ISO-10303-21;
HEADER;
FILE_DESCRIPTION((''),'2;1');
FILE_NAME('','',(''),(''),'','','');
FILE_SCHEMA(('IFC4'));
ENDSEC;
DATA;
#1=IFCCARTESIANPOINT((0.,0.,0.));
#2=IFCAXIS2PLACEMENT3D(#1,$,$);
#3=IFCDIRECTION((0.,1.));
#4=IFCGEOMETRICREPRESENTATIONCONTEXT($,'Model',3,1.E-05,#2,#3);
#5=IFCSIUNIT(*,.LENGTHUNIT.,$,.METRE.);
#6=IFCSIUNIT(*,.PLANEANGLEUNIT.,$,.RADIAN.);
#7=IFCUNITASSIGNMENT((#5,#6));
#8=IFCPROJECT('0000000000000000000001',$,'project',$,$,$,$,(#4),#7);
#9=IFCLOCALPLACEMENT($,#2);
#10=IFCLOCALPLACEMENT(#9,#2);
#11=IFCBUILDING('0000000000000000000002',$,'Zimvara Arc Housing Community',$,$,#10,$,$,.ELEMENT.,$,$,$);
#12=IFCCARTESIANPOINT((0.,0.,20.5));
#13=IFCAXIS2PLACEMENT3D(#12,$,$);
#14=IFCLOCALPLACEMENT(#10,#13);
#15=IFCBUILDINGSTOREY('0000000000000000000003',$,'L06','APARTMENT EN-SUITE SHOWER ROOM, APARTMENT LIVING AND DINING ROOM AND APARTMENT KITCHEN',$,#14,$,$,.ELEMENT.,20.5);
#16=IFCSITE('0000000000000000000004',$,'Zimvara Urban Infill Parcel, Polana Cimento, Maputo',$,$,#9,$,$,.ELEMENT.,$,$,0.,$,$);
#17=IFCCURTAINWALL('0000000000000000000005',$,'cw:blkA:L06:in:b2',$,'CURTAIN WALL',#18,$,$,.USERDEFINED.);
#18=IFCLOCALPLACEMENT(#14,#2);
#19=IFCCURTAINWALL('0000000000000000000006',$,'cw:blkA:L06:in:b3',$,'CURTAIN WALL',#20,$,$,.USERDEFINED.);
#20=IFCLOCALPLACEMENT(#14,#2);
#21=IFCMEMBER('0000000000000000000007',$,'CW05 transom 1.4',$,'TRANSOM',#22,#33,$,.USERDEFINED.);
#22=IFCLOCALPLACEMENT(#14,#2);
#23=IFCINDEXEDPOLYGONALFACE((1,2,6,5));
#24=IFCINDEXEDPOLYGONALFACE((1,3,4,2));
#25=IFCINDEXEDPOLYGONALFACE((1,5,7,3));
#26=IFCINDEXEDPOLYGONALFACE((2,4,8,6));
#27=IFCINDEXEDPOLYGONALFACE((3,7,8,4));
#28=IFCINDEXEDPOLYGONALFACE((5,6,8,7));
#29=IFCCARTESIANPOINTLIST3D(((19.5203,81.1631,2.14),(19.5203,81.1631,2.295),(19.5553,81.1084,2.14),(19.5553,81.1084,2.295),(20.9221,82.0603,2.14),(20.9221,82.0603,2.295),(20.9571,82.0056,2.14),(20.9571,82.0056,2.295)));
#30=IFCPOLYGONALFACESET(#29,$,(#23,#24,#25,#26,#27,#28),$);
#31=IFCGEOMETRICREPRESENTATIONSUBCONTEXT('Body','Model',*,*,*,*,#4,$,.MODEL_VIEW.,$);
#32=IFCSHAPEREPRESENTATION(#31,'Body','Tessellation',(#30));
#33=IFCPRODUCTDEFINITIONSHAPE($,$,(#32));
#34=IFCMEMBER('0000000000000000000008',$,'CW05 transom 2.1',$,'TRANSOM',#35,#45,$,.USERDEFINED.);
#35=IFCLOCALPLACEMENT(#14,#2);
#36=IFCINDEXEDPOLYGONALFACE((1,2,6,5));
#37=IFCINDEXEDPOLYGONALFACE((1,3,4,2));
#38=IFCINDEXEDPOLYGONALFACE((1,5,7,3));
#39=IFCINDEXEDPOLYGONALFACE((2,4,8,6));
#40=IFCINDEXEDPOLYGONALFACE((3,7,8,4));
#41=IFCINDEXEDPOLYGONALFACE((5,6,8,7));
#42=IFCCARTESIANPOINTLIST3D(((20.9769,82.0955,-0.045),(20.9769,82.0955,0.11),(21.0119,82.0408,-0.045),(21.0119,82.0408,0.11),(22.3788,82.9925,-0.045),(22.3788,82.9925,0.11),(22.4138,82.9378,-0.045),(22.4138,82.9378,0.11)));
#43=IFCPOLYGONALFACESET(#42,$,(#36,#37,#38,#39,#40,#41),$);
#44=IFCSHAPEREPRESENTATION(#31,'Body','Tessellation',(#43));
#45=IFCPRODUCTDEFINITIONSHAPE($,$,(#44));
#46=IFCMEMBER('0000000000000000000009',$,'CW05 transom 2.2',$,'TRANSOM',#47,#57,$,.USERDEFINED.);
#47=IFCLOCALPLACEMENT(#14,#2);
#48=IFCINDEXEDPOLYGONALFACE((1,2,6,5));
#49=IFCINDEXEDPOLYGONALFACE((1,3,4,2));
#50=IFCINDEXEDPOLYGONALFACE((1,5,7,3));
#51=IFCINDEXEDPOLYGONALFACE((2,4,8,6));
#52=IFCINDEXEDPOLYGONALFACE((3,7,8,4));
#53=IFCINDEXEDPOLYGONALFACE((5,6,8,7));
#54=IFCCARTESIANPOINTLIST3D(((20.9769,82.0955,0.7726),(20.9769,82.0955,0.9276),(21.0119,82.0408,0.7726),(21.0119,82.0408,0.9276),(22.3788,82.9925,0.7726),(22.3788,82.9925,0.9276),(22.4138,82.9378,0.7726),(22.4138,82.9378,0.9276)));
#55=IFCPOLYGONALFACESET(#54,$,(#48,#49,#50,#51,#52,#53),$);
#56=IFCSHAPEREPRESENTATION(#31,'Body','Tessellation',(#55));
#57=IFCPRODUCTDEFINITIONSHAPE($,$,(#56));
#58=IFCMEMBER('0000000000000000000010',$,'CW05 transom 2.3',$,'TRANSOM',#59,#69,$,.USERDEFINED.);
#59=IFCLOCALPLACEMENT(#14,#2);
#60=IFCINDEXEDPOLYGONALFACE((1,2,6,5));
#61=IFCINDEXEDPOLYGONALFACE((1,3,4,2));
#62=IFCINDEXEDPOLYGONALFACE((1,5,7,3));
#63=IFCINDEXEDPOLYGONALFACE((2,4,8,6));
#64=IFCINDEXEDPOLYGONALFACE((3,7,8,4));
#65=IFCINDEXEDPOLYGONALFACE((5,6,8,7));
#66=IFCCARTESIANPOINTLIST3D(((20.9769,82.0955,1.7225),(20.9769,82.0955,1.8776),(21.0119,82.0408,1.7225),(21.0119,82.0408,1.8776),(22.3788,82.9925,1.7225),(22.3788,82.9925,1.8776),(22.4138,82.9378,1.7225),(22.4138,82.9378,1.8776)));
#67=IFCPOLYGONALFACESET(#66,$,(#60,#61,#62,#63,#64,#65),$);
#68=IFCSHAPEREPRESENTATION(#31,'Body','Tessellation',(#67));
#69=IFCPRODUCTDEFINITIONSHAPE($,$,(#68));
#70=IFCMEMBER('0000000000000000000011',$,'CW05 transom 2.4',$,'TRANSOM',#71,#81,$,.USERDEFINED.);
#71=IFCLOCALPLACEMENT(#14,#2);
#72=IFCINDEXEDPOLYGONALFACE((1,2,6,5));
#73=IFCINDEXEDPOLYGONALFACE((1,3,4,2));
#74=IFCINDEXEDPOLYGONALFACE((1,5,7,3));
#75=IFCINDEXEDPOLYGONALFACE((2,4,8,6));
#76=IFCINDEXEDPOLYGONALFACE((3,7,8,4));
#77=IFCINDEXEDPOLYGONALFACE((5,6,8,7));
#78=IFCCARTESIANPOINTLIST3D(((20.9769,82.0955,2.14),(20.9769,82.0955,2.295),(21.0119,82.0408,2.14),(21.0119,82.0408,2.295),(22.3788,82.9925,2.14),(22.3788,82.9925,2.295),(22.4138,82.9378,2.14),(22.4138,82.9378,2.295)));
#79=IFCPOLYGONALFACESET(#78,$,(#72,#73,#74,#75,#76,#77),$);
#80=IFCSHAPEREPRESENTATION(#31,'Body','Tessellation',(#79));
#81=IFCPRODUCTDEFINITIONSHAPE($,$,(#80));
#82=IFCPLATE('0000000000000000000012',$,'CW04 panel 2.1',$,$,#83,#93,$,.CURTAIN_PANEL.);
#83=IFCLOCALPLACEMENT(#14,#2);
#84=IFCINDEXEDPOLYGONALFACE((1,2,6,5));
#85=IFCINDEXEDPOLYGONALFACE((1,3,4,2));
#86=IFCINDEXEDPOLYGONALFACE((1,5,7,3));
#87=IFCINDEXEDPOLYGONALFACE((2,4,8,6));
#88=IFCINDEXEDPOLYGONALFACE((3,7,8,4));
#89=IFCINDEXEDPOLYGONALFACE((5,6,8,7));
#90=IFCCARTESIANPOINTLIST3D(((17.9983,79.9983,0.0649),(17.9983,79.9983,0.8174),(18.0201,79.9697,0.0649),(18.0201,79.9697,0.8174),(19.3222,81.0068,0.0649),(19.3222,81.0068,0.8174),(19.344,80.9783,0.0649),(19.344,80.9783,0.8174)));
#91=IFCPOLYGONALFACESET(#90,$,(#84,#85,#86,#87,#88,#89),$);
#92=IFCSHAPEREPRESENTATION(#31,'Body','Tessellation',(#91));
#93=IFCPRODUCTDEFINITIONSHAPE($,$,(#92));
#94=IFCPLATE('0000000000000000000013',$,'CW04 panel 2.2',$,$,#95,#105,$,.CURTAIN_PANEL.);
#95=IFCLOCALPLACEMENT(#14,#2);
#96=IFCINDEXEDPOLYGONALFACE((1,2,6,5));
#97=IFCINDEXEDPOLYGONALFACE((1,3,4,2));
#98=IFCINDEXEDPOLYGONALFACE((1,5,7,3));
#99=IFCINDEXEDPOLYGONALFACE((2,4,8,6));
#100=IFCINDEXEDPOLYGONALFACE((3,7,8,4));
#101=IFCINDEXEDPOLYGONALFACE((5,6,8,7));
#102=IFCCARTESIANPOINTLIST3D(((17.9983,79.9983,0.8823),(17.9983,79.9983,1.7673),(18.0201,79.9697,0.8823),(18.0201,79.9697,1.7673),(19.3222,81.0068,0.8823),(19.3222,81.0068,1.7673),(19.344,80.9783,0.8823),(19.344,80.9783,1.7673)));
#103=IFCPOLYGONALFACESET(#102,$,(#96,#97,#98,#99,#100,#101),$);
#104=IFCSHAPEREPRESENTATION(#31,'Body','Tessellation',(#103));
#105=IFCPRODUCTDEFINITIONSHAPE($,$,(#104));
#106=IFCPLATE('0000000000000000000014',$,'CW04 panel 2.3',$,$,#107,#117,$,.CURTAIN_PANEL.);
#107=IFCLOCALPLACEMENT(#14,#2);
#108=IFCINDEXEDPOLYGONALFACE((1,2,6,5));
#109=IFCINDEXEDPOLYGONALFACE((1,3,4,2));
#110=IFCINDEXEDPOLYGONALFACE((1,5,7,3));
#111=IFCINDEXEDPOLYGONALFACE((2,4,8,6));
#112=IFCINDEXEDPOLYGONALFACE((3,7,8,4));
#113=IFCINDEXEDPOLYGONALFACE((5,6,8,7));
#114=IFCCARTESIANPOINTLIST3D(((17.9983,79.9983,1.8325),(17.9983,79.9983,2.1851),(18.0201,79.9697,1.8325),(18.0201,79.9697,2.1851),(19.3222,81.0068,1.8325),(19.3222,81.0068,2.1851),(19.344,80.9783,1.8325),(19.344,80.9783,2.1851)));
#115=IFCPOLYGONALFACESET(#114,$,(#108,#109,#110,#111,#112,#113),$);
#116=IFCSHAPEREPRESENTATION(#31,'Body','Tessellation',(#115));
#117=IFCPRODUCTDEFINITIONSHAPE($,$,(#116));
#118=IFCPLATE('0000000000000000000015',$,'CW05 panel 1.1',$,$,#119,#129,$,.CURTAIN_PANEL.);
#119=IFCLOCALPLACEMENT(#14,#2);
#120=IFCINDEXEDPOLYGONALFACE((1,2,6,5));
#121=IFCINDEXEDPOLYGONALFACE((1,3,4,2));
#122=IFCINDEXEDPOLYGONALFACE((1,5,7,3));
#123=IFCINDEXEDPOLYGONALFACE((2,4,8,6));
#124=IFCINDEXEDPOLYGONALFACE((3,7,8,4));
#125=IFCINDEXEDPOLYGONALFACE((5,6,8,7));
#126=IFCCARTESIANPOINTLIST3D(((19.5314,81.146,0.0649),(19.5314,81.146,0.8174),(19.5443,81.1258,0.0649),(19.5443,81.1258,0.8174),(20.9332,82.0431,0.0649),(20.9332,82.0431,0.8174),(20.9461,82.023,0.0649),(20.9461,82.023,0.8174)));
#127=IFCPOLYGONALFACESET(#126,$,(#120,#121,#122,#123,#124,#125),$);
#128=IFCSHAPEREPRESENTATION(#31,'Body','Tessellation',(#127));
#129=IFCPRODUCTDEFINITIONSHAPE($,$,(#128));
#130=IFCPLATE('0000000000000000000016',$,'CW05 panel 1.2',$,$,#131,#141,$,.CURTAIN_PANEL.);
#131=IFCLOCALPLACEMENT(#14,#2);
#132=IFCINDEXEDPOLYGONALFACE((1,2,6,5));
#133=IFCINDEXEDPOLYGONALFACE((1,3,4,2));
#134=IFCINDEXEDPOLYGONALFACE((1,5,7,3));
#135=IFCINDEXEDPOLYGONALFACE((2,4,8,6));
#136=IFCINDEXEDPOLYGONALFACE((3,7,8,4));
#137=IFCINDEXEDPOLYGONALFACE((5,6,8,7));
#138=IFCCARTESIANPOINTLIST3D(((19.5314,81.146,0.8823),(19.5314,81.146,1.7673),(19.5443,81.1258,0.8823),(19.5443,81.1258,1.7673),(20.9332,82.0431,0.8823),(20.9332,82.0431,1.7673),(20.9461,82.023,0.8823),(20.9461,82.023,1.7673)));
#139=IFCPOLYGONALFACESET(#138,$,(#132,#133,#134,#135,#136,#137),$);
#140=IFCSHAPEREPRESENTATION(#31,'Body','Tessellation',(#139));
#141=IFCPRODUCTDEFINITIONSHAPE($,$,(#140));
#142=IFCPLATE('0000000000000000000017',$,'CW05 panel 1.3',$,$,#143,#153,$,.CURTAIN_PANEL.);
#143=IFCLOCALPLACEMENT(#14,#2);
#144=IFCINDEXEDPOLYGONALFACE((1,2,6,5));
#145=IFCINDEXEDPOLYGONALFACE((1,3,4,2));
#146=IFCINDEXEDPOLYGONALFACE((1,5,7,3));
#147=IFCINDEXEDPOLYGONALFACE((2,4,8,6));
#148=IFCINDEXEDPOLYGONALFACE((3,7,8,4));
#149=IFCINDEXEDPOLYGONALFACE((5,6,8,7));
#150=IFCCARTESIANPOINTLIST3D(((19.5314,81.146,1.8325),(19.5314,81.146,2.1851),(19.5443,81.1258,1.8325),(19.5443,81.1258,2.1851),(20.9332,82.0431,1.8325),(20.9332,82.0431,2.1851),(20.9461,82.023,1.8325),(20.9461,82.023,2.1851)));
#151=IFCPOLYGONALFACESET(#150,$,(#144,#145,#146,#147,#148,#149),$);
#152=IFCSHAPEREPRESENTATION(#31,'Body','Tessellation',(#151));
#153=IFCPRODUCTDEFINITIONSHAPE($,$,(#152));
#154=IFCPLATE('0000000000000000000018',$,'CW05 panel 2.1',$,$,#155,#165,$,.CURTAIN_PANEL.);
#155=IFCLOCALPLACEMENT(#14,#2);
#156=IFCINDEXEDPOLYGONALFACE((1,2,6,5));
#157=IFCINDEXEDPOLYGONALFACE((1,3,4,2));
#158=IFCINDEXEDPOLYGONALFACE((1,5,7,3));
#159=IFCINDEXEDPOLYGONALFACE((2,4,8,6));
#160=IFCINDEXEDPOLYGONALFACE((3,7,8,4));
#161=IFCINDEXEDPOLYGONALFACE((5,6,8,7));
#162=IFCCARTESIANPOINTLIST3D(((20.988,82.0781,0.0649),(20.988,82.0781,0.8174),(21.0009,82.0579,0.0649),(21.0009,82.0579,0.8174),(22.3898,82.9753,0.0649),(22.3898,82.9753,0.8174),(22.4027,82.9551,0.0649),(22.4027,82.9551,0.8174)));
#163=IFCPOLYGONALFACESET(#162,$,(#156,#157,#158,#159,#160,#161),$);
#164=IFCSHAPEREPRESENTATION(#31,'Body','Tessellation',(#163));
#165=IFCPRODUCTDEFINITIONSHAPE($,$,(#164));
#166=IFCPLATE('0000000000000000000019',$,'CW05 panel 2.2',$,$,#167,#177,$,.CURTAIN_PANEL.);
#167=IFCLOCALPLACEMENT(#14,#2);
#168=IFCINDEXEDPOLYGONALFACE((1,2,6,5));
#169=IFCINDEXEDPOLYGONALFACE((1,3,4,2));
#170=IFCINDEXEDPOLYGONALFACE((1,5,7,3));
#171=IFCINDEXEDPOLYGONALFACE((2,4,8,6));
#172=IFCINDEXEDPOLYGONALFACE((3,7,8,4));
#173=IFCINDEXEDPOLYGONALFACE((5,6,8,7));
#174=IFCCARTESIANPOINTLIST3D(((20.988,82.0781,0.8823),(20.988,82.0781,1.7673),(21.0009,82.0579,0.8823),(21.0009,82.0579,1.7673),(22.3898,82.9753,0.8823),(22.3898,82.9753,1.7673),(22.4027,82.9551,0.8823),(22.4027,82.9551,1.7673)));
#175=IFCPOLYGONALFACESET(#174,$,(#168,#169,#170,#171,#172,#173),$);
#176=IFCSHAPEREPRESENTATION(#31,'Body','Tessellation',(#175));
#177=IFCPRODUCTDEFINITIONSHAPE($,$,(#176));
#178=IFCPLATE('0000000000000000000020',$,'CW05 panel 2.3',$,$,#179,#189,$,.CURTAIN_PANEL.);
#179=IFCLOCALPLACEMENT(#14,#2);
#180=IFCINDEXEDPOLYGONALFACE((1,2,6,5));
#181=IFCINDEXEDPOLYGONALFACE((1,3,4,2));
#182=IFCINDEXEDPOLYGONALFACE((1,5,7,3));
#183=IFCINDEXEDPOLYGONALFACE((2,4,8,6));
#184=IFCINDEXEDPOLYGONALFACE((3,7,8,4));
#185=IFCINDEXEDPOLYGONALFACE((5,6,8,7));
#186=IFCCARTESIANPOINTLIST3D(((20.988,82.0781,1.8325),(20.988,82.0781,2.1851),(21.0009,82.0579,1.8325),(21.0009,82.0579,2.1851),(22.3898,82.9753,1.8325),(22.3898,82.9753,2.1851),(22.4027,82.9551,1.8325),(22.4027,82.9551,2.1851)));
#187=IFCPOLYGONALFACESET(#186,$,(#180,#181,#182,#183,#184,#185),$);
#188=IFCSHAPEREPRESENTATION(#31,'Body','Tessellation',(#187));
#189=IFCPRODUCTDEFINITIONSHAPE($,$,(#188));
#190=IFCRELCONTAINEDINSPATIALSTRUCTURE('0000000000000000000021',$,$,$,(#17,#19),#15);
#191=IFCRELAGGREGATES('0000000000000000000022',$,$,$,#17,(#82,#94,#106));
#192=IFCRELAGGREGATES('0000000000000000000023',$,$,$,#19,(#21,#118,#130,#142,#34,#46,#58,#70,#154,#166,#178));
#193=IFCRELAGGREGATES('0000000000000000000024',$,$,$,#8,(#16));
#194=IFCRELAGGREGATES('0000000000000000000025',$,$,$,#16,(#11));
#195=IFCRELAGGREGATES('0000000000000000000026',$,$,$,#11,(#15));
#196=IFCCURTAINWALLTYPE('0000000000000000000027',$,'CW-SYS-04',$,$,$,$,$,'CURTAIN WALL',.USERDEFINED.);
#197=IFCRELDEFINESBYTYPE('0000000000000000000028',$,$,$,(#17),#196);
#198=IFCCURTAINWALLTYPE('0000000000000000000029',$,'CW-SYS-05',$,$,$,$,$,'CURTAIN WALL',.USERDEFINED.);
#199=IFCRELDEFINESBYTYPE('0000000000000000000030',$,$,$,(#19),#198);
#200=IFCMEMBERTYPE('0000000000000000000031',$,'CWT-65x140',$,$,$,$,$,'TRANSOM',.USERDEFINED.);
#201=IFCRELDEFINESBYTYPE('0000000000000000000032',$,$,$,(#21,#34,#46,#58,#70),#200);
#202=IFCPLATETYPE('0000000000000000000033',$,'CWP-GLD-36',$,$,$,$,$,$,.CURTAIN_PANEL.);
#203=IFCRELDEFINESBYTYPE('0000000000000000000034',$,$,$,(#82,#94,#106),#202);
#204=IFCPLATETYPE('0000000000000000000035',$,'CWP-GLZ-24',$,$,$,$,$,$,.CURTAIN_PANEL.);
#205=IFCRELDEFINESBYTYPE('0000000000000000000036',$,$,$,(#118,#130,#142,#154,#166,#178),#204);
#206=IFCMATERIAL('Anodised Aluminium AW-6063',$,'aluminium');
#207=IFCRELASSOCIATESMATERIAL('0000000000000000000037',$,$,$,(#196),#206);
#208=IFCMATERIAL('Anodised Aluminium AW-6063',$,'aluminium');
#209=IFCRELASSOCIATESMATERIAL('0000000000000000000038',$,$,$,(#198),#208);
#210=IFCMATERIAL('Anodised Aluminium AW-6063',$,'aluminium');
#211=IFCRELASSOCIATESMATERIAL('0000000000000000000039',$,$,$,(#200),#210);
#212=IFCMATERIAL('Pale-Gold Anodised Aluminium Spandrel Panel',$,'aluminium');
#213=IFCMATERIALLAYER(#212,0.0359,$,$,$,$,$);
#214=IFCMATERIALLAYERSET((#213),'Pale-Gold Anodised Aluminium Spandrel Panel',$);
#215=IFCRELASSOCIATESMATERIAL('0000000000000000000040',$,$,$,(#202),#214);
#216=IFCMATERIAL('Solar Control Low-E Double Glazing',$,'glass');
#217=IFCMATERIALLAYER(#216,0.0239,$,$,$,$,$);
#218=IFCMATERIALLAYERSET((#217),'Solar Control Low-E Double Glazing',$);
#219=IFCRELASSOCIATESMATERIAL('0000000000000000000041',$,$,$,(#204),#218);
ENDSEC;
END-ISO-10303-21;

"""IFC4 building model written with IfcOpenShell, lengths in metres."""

from ifc_helpers import new_model, si_unit, direction, frame, origin, origin_2d, place, context, subcontext, project, spatial, rectangle, extrude, material, layer, layer_set, material_profile, profile_set, type_object, element, aggregate, save


model = new_model("IFC4")

# Units and contexts
model_context = context("Model", 3, precision=1e-05, world=origin(), true_north=direction((0.0, 1.0)))
body_context = subcontext(model_context, "Body", "Model", "MODEL_VIEW")
ifc_project = project(units=[si_unit("LENGTHUNIT", "METRE"), si_unit("PLANEANGLEUNIT", "RADIAN")], contexts=[model_context])

# Site, building, storey
site_placement = place(None, origin())
site = spatial("IfcSite", under=ifc_project, at=site_placement, Name="Zimvara Urban Infill Parcel, Polana Cimento, Maputo", CompositionType="ELEMENT", RefElevation=0.0)
building_placement = place(site_placement, origin())
building = spatial("IfcBuilding", under=site, at=building_placement, Name="Zimvara Arc Housing Community", CompositionType="ELEMENT")
storey_placement = place(building_placement, frame((0.0, 0.0, 20.5)))
storey = spatial("IfcBuildingStorey", under=building, at=storey_placement, Name="L06", Description="APARTMENT EN-SUITE SHOWER ROOM, APARTMENT LIVING AND DINING ROOM AND APARTMENT KITCHEN", CompositionType="ELEMENT", Elevation=20.5)

# Curtain wall
ifc_material_1 = material(Name="Anodised Aluminium AW-6063", Category="aluminium")
curtain_wall_type_1 = type_object("IfcCurtainWallType", Name="CW-SYS-04", ElementType="CURTAIN WALL", PredefinedType="USERDEFINED", material=ifc_material_1)
curtain_wall_1_placement = place(storey_placement, origin())
curtain_wall_1 = element("IfcCurtainWall", 1, at=curtain_wall_1_placement, inside=storey, type_object=curtain_wall_type_1, Name="cw:blkA:L06:in:b2", ObjectType="CURTAIN WALL", PredefinedType="USERDEFINED")

# Curtain wall
ifc_material_2 = material(Name="Anodised Aluminium AW-6063", Category="aluminium")
curtain_wall_type_2 = type_object("IfcCurtainWallType", Name="CW-SYS-05", ElementType="CURTAIN WALL", PredefinedType="USERDEFINED", material=ifc_material_2)
curtain_wall_2_placement = place(storey_placement, origin())
curtain_wall_2 = element("IfcCurtainWall", 2, at=curtain_wall_2_placement, inside=storey, type_object=curtain_wall_type_2, Name="cw:blkA:L06:in:b3", ObjectType="CURTAIN WALL", PredefinedType="USERDEFINED")

# Members
ifc_material_3 = material(Name="Anodised Aluminium AW-6063", Category="aluminium")
ifc_material_profile_1 = material_profile(ifc_material_3, rectangle(XDim=0.0649, YDim=0.155, at=origin_2d()), Name="ALU 65x155")
ifc_profile_set_1 = profile_set([ifc_material_profile_1], Name="Anodised Aluminium AW-6063")
member_type_1 = type_object("IfcMemberType", Name="CWT-65x140", ElementType="TRANSOM", PredefinedType="USERDEFINED", material=ifc_profile_set_1)
member_1_placement = place(storey_placement, frame((19.5378, 81.1357, 2.2175), z_axis=(0.842263, 0.539066, 0.0), x_axis=(-0.539066, 0.842263, 0.0)))
member_1 = element("IfcMember", 3, at=member_1_placement, type_object=member_type_1, Name="CW05 transom 1.4", ObjectType="TRANSOM", PredefinedType="USERDEFINED", context=body_context, shape_type="SweptSolid", body=[
    extrude(rectangle(XDim=0.0649, YDim=0.155, at=origin_2d()), origin(), (0.0, 0.0, 1.0), 1.6643),
])
member_2_placement = place(storey_placement, frame((20.9944, 82.0681, 0.0325), z_axis=(0.84233, 0.538962, 0.0), x_axis=(-0.538962, 0.84233, 0.0)))
member_2 = element("IfcMember", 4, at=member_2_placement, type_object=member_type_1, Name="CW05 transom 2.1", ObjectType="TRANSOM", PredefinedType="USERDEFINED", context=body_context, shape_type="SweptSolid", body=[
    extrude(rectangle(XDim=0.0649, YDim=0.155, at=origin_2d()), origin(), (0.0, 0.0, 1.0), 1.6643),
])
member_3_placement = place(storey_placement, frame((20.9944, 82.0681, 0.8501), z_axis=(0.84233, 0.538962, 0.0), x_axis=(-0.538962, 0.84233, 0.0)))
member_3 = element("IfcMember", 5, at=member_3_placement, type_object=member_type_1, Name="CW05 transom 2.2", ObjectType="TRANSOM", PredefinedType="USERDEFINED", context=body_context, shape_type="SweptSolid", body=[
    extrude(rectangle(XDim=0.0649, YDim=0.155, at=origin_2d()), origin(), (0.0, 0.0, 1.0), 1.6643),
])
member_4_placement = place(storey_placement, frame((20.9944, 82.0681, 1.8), z_axis=(0.84233, 0.538962, 0.0), x_axis=(-0.538962, 0.84233, 0.0)))
member_4 = element("IfcMember", 6, at=member_4_placement, type_object=member_type_1, Name="CW05 transom 2.3", ObjectType="TRANSOM", PredefinedType="USERDEFINED", context=body_context, shape_type="SweptSolid", body=[
    extrude(rectangle(XDim=0.0649, YDim=0.155, at=origin_2d()), origin(), (0.0, 0.0, 1.0), 1.6643),
])
member_5_placement = place(storey_placement, frame((20.9944, 82.0681, 2.2175), z_axis=(0.84233, 0.538962, 0.0), x_axis=(-0.538962, 0.84233, 0.0)))
member_5 = element("IfcMember", 7, at=member_5_placement, type_object=member_type_1, Name="CW05 transom 2.4", ObjectType="TRANSOM", PredefinedType="USERDEFINED", context=body_context, shape_type="SweptSolid", body=[
    extrude(rectangle(XDim=0.0649, YDim=0.155, at=origin_2d()), origin(), (0.0, 0.0, 1.0), 1.6643),
])

# Plates
ifc_material_4 = material(Name="Pale-Gold Anodised Aluminium Spandrel Panel", Category="aluminium")
ifc_layer_1 = layer(ifc_material_4, 0.0359)
ifc_layer_set_1 = layer_set([ifc_layer_1], Name="Pale-Gold Anodised Aluminium Spandrel Panel")
plate_type_1 = type_object("IfcPlateType", Name="CWP-GLD-36", PredefinedType="CURTAIN_PANEL", material=ifc_layer_set_1)
plate_1_placement = place(storey_placement, frame((18.6711, 80.4883, 0.0649), z_axis=(0.0, 0.0, 1.0), x_axis=(0.795474, 0.605988, 0.0)))
plate_1 = element("IfcPlate", 8, at=plate_1_placement, type_object=plate_type_1, Name="CW04 panel 2.1", PredefinedType="CURTAIN_PANEL", context=body_context, shape_type="SweptSolid", body=[
    extrude(rectangle(XDim=1.6643, YDim=0.0359, at=origin_2d()), origin(), (0.0, 0.0, 1.0), 0.7524),
])
plate_2_placement = place(storey_placement, frame((18.6711, 80.4883, 0.8823), z_axis=(0.0, 0.0, 1.0), x_axis=(0.795474, 0.605988, 0.0)))
plate_2 = element("IfcPlate", 9, at=plate_2_placement, type_object=plate_type_1, Name="CW04 panel 2.2", PredefinedType="CURTAIN_PANEL", context=body_context, shape_type="SweptSolid", body=[
    extrude(rectangle(XDim=1.6643, YDim=0.0359, at=origin_2d()), origin(), (0.0, 0.0, 1.0), 0.885),
])
plate_3_placement = place(storey_placement, frame((18.6711, 80.4883, 1.8325), z_axis=(0.0, 0.0, 1.0), x_axis=(0.795474, 0.605988, 0.0)))
plate_3 = element("IfcPlate", 10, at=plate_3_placement, type_object=plate_type_1, Name="CW04 panel 2.3", PredefinedType="CURTAIN_PANEL", context=body_context, shape_type="SweptSolid", body=[
    extrude(rectangle(XDim=1.6643, YDim=0.0359, at=origin_2d()), origin(), (0.0, 0.0, 1.0), 0.3525),
])
aggregate(curtain_wall_1, [plate_1, plate_2, plate_3])
ifc_material_5 = material(Name="Solar Control Low-E Double Glazing", Category="glass")
ifc_layer_2 = layer(ifc_material_5, 0.0239)
ifc_layer_set_2 = layer_set([ifc_layer_2], Name="Solar Control Low-E Double Glazing")
plate_type_2 = type_object("IfcPlateType", Name="CWP-GLZ-24", PredefinedType="CURTAIN_PANEL", material=ifc_layer_set_2)
plate_4_placement = place(storey_placement, frame((20.2388, 81.5845, 0.0649), z_axis=(0.0, 0.0, 1.0), x_axis=(0.842265, 0.539064, 0.0)))
plate_4 = element("IfcPlate", 11, at=plate_4_placement, type_object=plate_type_2, Name="CW05 panel 1.1", PredefinedType="CURTAIN_PANEL", context=body_context, shape_type="SweptSolid", body=[
    extrude(rectangle(XDim=1.6643, YDim=0.0239, at=origin_2d()), origin(), (0.0, 0.0, 1.0), 0.7524),
])
plate_5_placement = place(storey_placement, frame((20.2388, 81.5845, 0.8823), z_axis=(0.0, 0.0, 1.0), x_axis=(0.842265, 0.539064, 0.0)))
plate_5 = element("IfcPlate", 12, at=plate_5_placement, type_object=plate_type_2, Name="CW05 panel 1.2", PredefinedType="CURTAIN_PANEL", context=body_context, shape_type="SweptSolid", body=[
    extrude(rectangle(XDim=1.6643, YDim=0.0239, at=origin_2d()), origin(), (0.0, 0.0, 1.0), 0.885),
])
plate_6_placement = place(storey_placement, frame((20.2388, 81.5845, 1.8325), z_axis=(0.0, 0.0, 1.0), x_axis=(0.842265, 0.539064, 0.0)))
plate_6 = element("IfcPlate", 13, at=plate_6_placement, type_object=plate_type_2, Name="CW05 panel 1.3", PredefinedType="CURTAIN_PANEL", context=body_context, shape_type="SweptSolid", body=[
    extrude(rectangle(XDim=1.6643, YDim=0.0239, at=origin_2d()), origin(), (0.0, 0.0, 1.0), 0.3525),
])
plate_7_placement = place(storey_placement, frame((21.6953, 82.5166, 0.0649), z_axis=(0.0, 0.0, 1.0), x_axis=(0.842265, 0.539064, 0.0)))
plate_7 = element("IfcPlate", 14, at=plate_7_placement, type_object=plate_type_2, Name="CW05 panel 2.1", PredefinedType="CURTAIN_PANEL", context=body_context, shape_type="SweptSolid", body=[
    extrude(rectangle(XDim=1.6643, YDim=0.0239, at=origin_2d()), origin(), (0.0, 0.0, 1.0), 0.7524),
])
plate_8_placement = place(storey_placement, frame((21.6953, 82.5166, 0.8823), z_axis=(0.0, 0.0, 1.0), x_axis=(0.842265, 0.539064, 0.0)))
plate_8 = element("IfcPlate", 15, at=plate_8_placement, type_object=plate_type_2, Name="CW05 panel 2.2", PredefinedType="CURTAIN_PANEL", context=body_context, shape_type="SweptSolid", body=[
    extrude(rectangle(XDim=1.6643, YDim=0.0239, at=origin_2d()), origin(), (0.0, 0.0, 1.0), 0.885),
])
plate_9_placement = place(storey_placement, frame((21.6953, 82.5166, 1.8325), z_axis=(0.0, 0.0, 1.0), x_axis=(0.842265, 0.539064, 0.0)))
plate_9 = element("IfcPlate", 16, at=plate_9_placement, type_object=plate_type_2, Name="CW05 panel 2.3", PredefinedType="CURTAIN_PANEL", context=body_context, shape_type="SweptSolid", body=[
    extrude(rectangle(XDim=1.6643, YDim=0.0239, at=origin_2d()), origin(), (0.0, 0.0, 1.0), 0.3525),
])
aggregate(curtain_wall_2, [member_1, plate_4, plate_5, plate_6, member_2, member_3, member_4, member_5, plate_7, plate_8, plate_9])

save(model, "model.ifc")
